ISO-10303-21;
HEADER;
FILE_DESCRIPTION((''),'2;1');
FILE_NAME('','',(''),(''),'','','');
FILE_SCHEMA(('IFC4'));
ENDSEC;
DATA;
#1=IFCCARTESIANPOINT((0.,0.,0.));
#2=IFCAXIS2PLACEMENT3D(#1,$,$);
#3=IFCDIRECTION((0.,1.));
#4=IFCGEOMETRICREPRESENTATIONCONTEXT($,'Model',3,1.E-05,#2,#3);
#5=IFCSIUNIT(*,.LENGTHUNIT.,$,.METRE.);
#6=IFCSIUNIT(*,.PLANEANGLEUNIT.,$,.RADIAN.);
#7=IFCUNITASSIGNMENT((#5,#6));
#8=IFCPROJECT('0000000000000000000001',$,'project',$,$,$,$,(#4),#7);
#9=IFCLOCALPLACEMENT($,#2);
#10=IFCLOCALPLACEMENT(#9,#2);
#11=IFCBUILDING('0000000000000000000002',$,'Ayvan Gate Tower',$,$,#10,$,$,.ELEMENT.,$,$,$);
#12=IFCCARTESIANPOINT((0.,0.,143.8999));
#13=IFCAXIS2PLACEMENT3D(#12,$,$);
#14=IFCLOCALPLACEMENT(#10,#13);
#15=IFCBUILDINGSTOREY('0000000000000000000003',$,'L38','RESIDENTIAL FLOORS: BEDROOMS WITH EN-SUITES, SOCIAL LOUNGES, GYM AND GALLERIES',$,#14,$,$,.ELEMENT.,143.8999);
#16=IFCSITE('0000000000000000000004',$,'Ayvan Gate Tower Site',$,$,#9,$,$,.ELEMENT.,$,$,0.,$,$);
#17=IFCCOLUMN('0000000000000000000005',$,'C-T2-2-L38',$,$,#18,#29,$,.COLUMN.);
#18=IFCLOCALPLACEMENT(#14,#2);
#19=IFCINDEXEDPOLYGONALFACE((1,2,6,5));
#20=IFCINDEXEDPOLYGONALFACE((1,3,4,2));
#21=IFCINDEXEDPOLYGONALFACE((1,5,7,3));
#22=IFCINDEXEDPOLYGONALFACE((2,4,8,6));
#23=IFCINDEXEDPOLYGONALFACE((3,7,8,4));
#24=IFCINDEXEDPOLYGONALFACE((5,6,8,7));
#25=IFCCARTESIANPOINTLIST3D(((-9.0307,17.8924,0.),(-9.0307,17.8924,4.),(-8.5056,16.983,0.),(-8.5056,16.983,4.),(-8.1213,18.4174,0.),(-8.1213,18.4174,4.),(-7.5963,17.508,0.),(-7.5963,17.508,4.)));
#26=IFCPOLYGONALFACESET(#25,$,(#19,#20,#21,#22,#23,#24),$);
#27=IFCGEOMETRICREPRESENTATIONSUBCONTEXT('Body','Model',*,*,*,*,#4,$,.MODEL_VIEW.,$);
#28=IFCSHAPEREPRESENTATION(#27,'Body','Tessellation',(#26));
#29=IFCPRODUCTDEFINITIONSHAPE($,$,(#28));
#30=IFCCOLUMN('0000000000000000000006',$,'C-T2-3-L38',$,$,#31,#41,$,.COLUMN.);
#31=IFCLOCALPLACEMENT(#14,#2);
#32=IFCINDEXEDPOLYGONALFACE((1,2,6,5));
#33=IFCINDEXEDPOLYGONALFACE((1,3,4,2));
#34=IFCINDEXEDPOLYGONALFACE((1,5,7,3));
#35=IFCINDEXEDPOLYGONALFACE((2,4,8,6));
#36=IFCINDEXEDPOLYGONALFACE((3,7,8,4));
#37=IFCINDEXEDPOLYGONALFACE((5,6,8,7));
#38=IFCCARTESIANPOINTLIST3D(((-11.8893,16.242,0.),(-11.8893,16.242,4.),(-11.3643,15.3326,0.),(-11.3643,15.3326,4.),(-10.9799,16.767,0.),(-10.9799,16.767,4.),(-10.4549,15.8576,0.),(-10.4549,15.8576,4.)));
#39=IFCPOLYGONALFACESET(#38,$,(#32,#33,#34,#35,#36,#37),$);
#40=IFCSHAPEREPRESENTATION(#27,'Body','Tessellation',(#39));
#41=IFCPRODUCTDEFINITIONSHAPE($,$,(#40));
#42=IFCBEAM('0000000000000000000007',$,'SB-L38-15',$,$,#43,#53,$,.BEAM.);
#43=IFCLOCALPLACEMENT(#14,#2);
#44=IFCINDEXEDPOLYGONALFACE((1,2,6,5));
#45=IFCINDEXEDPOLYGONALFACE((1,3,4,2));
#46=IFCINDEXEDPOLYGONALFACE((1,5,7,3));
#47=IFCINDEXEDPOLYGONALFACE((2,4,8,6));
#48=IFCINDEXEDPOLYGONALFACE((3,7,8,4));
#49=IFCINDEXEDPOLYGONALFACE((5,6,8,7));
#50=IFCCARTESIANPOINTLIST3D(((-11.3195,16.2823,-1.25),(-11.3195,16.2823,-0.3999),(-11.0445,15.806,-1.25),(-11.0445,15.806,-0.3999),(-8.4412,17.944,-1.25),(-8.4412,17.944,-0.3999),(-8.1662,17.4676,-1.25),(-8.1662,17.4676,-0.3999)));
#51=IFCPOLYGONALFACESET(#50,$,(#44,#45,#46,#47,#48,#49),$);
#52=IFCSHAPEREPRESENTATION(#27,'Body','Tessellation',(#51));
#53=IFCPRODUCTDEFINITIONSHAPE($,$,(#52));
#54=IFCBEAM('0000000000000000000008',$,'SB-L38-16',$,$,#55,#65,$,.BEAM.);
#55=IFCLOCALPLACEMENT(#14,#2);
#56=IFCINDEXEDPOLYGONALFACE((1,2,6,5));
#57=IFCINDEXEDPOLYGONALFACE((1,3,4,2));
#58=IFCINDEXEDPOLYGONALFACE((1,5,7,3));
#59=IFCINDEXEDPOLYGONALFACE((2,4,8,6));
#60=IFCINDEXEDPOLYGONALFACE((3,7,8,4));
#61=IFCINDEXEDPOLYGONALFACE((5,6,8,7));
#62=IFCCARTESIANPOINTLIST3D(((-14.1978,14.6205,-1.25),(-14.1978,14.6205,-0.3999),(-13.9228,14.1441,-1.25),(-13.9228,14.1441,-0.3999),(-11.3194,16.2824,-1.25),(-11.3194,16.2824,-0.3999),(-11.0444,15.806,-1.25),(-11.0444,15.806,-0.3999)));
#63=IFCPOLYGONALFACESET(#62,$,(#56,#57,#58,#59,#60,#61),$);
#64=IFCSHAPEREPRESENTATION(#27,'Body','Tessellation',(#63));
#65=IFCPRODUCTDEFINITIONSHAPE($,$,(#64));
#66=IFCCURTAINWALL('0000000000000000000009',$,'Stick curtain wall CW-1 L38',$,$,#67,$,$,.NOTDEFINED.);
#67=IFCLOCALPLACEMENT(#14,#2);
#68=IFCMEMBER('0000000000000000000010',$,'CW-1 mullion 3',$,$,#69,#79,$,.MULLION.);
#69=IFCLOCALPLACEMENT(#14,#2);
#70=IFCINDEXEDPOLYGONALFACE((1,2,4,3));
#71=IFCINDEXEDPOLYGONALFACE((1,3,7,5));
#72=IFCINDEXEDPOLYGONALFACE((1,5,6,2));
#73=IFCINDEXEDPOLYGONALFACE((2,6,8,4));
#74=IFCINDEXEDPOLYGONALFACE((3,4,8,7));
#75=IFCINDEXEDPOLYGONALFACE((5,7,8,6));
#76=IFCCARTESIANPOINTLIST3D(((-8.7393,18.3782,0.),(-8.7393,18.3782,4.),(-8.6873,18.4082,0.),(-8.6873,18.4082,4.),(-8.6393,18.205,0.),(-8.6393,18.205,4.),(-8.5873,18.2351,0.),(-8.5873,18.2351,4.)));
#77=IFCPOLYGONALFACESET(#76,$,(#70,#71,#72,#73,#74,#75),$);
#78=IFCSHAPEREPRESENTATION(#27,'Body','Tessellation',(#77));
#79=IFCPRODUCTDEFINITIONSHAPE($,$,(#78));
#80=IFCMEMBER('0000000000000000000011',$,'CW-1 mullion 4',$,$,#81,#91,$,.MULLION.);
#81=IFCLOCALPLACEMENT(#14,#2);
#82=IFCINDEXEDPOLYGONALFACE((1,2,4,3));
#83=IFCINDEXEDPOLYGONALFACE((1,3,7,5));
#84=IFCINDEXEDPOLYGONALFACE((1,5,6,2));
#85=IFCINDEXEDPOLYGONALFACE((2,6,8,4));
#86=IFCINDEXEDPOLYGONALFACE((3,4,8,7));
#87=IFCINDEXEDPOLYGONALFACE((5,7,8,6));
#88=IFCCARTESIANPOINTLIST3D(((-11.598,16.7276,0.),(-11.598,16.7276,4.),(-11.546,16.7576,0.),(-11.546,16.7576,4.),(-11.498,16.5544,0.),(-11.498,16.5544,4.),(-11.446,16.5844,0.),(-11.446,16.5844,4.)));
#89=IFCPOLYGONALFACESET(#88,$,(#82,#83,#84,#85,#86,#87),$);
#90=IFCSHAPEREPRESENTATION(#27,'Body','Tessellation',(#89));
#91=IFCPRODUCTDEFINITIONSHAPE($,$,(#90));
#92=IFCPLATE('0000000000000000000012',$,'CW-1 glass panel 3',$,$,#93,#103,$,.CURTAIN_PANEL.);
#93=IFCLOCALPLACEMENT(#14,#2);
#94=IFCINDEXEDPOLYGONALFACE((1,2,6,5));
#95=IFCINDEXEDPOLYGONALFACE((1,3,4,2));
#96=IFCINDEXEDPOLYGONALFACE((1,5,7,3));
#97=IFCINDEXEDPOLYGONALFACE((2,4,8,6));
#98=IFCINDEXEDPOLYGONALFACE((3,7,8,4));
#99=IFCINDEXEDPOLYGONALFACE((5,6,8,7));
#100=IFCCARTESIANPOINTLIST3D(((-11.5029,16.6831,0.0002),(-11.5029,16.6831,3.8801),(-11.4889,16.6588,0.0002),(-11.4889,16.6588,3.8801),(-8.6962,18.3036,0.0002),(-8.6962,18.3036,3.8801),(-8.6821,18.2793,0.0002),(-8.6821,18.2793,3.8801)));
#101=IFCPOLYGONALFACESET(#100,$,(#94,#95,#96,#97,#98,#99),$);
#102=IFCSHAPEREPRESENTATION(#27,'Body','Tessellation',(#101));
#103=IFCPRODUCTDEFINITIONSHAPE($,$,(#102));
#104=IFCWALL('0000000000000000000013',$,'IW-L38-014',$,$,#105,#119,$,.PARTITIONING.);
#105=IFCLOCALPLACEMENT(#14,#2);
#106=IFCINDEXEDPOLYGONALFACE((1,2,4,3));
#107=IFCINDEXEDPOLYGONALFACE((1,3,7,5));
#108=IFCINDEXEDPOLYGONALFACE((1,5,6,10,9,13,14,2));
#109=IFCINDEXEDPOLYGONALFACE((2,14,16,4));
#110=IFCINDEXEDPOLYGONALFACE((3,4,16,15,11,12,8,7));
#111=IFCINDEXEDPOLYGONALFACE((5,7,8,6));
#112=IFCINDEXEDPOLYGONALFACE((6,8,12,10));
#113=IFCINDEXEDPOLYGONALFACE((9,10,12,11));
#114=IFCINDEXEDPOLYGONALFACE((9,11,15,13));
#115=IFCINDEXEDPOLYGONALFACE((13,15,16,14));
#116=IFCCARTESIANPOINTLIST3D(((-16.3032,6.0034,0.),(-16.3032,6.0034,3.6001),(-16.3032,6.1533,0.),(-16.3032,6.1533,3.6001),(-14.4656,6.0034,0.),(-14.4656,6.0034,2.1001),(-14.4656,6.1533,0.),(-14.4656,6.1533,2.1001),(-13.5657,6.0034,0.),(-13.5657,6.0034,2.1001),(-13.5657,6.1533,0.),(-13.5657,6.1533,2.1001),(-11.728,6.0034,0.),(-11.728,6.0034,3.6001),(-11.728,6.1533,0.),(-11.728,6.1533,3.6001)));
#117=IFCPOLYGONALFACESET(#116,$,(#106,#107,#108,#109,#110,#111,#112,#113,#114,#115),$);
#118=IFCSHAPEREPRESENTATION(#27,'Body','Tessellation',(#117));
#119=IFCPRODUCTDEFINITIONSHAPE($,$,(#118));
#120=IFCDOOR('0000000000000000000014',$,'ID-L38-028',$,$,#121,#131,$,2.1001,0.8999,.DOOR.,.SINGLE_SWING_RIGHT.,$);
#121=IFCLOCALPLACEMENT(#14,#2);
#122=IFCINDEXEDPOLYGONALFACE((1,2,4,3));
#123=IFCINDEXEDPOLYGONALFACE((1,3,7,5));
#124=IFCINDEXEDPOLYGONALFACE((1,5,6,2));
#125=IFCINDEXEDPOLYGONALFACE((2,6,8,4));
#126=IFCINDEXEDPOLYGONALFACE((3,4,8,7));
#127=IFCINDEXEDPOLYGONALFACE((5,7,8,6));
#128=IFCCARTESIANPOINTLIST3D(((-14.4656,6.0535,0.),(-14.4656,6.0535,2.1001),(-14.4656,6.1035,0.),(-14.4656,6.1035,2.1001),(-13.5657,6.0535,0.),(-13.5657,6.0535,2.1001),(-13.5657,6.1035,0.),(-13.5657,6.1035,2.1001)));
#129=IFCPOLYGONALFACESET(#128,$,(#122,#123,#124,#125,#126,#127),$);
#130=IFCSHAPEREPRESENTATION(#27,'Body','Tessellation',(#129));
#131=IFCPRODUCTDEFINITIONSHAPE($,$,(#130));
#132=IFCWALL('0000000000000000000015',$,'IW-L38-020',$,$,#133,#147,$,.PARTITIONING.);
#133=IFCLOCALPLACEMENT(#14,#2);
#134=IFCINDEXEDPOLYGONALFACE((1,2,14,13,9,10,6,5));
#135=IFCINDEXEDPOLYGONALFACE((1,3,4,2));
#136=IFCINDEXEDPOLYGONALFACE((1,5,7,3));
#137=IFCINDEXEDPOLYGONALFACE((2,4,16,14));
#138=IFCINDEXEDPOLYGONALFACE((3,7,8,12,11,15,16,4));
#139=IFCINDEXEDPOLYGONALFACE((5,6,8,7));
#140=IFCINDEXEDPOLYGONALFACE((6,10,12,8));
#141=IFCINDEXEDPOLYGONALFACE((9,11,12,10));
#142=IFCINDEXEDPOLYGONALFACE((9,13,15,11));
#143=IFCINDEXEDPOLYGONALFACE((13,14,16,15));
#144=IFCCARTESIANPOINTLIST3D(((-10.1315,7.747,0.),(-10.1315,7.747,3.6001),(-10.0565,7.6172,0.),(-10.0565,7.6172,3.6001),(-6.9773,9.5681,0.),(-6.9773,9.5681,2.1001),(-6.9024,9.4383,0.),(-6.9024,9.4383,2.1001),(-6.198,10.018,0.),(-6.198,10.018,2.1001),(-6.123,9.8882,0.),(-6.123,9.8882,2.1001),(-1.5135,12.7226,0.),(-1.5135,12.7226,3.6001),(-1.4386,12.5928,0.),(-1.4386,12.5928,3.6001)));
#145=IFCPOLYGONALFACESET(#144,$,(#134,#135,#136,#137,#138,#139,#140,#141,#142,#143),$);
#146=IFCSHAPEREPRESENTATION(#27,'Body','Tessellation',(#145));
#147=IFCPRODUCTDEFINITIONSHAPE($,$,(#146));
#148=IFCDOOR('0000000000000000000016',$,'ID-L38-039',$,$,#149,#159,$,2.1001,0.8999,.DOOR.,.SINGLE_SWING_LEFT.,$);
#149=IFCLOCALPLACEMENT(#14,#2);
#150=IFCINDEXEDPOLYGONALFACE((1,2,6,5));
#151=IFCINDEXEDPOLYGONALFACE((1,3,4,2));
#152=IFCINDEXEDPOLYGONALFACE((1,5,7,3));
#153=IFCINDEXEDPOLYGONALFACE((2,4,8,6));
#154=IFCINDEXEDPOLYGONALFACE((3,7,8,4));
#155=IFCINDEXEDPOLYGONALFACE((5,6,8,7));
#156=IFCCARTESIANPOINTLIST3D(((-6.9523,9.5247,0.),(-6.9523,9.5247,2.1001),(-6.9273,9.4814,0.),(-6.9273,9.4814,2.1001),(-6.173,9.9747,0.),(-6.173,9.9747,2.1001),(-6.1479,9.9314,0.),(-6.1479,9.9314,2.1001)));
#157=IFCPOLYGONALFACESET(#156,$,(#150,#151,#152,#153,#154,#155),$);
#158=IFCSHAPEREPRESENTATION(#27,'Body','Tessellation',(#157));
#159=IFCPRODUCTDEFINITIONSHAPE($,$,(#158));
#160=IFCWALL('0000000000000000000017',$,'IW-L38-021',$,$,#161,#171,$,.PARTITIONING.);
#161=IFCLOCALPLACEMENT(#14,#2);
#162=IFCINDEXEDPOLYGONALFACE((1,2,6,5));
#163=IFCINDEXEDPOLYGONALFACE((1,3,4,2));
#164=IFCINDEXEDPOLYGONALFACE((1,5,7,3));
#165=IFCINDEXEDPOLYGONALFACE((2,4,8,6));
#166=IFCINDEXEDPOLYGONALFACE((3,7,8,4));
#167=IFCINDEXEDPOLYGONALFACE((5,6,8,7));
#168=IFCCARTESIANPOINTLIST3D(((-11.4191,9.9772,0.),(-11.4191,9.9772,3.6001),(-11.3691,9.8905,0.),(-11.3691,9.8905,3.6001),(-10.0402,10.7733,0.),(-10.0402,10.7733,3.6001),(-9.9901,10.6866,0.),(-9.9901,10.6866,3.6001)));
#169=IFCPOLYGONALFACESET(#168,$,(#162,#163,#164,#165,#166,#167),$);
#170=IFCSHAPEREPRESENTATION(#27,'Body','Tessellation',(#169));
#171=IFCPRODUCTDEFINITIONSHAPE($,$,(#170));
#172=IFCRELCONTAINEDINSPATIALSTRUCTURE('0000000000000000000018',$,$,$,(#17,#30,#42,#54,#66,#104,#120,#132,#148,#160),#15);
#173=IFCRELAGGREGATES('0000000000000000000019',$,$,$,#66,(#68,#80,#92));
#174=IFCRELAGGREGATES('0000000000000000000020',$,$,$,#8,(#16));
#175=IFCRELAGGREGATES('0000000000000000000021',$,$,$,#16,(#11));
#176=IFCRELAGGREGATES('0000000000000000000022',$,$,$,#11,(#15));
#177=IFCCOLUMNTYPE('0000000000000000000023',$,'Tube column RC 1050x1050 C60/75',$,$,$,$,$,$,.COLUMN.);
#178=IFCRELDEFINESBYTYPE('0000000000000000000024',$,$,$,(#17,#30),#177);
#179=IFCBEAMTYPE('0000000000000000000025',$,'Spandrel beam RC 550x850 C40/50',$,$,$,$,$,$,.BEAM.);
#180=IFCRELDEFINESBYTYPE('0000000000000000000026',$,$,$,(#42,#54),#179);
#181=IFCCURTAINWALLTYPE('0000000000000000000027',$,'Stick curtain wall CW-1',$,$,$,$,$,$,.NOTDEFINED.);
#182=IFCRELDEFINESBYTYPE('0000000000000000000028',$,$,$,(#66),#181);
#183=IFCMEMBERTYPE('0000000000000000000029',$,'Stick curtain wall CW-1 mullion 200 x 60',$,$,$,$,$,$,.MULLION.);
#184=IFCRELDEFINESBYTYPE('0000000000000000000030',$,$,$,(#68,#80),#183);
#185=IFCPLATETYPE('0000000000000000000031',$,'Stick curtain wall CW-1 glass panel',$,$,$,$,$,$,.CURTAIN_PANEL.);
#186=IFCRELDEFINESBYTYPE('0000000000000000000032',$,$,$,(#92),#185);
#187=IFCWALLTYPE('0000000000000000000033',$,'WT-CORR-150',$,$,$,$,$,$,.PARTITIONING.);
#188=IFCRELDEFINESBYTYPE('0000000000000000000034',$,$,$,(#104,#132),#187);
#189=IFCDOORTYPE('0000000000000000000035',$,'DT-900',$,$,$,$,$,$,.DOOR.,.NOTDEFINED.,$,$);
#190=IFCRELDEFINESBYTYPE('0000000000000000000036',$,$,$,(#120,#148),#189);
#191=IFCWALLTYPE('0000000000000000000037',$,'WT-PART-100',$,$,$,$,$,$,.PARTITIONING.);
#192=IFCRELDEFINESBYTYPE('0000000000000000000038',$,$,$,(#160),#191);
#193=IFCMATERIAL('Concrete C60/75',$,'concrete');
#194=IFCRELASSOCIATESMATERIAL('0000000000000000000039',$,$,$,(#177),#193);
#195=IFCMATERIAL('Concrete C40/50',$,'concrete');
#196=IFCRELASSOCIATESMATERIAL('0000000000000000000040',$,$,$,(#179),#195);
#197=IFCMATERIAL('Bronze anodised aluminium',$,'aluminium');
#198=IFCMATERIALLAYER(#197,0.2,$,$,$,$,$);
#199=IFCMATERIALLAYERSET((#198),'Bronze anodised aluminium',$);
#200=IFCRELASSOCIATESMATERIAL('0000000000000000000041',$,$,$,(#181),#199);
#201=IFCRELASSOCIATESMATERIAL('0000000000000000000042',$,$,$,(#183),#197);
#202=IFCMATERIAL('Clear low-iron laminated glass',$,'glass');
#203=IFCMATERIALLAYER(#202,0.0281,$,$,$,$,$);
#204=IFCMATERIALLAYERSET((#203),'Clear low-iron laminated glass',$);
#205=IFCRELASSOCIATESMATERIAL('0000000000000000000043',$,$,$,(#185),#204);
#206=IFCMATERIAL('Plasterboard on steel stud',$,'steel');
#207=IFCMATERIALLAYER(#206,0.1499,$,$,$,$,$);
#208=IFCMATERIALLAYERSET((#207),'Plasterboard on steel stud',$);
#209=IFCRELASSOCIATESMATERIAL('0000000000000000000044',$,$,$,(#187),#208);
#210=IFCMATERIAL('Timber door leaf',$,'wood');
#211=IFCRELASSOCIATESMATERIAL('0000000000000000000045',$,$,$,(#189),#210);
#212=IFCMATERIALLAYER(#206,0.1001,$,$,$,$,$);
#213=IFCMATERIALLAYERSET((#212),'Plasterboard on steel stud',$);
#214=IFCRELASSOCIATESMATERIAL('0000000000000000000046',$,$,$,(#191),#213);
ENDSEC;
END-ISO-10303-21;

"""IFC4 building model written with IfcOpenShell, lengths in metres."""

from ifc_helpers import new_model, si_unit, direction, frame, frame_2d, origin, origin_2d, place, context, subcontext, project, spatial, rectangle, extrude, material, layer, layer_set, material_profile, profile_set, type_object, element, fill, aggregate, save


model = new_model("IFC4")

# Units and contexts
model_context = context("Model", 3, precision=1e-05, world=origin(), true_north=direction((0.0, 1.0)))
body_context = subcontext(model_context, "Body", "Model", "MODEL_VIEW")
ifc_project = project(units=[si_unit("LENGTHUNIT", "METRE"), si_unit("PLANEANGLEUNIT", "RADIAN")], contexts=[model_context])

# Site, building, storey
site_placement = place(None, origin())
site = spatial("IfcSite", under=ifc_project, at=site_placement, Name="Ayvan Gate Tower Site", CompositionType="ELEMENT", RefElevation=0.0)
building_placement = place(site_placement, origin())
building = spatial("IfcBuilding", under=site, at=building_placement, Name="Ayvan Gate Tower", CompositionType="ELEMENT")
storey_placement = place(building_placement, frame((0.0, 0.0, 143.8999)))
storey = spatial("IfcBuildingStorey", under=building, at=storey_placement, Name="L38", Description="RESIDENTIAL FLOORS: BEDROOMS WITH EN-SUITES, SOCIAL LOUNGES, GYM AND GALLERIES", CompositionType="ELEMENT", Elevation=143.8999)

# Columns
ifc_material_1 = material(Name="Concrete C60/75", Category="concrete")
ifc_material_profile_1 = material_profile(ifc_material_1, rectangle(XDim=1.05, YDim=1.05, at=origin_2d()), Name="RC 1050x1050")
ifc_profile_set_1 = profile_set([ifc_material_profile_1], Name="Concrete C60/75")
column_type = type_object("IfcColumnType", Name="Tube column RC 1050x1050 C60/75", PredefinedType="COLUMN", material=ifc_profile_set_1)
for number, where, z_axis, x_axis, name in (
    (1, (-8.3135, 17.7002, 0.0), (0.0, 0.0, 1.0), (-0.5, 0.866025, 0.0), "C-T2-2-L38"),
    (2, (-11.1721, 16.0498, 0.0), (0.0, 0.0, 1.0), (-0.5, 0.866025, 0.0), "C-T2-3-L38"),
):
    element("IfcColumn", number, at=place(storey_placement, frame(where, z_axis=z_axis, x_axis=x_axis)), inside=storey, type_object=column_type, Name=name, PredefinedType="COLUMN", context=body_context, shape_type="SweptSolid", body=[
        extrude(rectangle(XDim=1.05, YDim=1.05, at=origin_2d()), origin(), (0.0, 0.0, 1.0), 4.0),
    ])

# Beams
ifc_material_2 = material(Name="Concrete C40/50", Category="concrete")
ifc_material_profile_2 = material_profile(ifc_material_2, rectangle(XDim=0.55, YDim=0.8501, at=origin_2d()), Name="RC 550x850")
ifc_profile_set_2 = profile_set([ifc_material_profile_2], Name="Concrete C40/50")
beam_type = type_object("IfcBeamType", Name="Spandrel beam RC 550x850 C40/50", PredefinedType="BEAM", material=ifc_profile_set_2)
beam_1_placement = place(storey_placement, frame((-8.3037, 17.7058, -0.825), z_axis=(-0.866038, -0.499979, 0.0), x_axis=(0.499979, -0.866038, 0.0)))
element("IfcBeam", 3, at=beam_1_placement, inside=storey, type_object=beam_type, Name="SB-L38-15", PredefinedType="BEAM", context=body_context, shape_type="SweptSolid", body=[
    extrude(rectangle(XDim=0.55, YDim=0.8501, at=origin_2d()), origin(), (0.0, 0.0, 1.0), 3.3235),
])
beam_2_placement = place(storey_placement, frame((-11.1819, 16.0442, -0.825), z_axis=(-0.866024, -0.500002, 0.0), x_axis=(0.500002, -0.866024, 0.0)))
element("IfcBeam", 4, at=beam_2_placement, inside=storey, type_object=beam_type, Name="SB-L38-16", PredefinedType="BEAM", context=body_context, shape_type="SweptSolid", body=[
    extrude(rectangle(XDim=0.55, YDim=0.8501, at=origin_2d()), origin(), (0.0, 0.0, 1.0), 3.3237),
])

# Curtain wall, members, plate
ifc_material_3 = material(Name="Bronze anodised aluminium", Category="aluminium")
ifc_layer_1 = layer(ifc_material_3, 0.2)
ifc_layer_set_1 = layer_set([ifc_layer_1], Name="Bronze anodised aluminium")
curtain_wall_type = type_object("IfcCurtainWallType", Name="Stick curtain wall CW-1", PredefinedType="NOTDEFINED", material=ifc_layer_set_1)
curtain_wall_placement = place(storey_placement, origin())
curtain_wall = element("IfcCurtainWall", 5, at=curtain_wall_placement, inside=storey, type_object=curtain_wall_type, Name="Stick curtain wall CW-1 L38", PredefinedType="NOTDEFINED")
ifc_material_profile_3 = material_profile(ifc_material_3, rectangle(XDim=0.2, YDim=0.0601, at=origin_2d()), Name="Stick curtain wall CW-1 mullion 200 x 60")
ifc_profile_set_3 = profile_set([ifc_material_profile_3], Name="Bronze anodised aluminium")
member_type = type_object("IfcMemberType", Name="Stick curtain wall CW-1 mullion 200 x 60", PredefinedType="MULLION", material=ifc_profile_set_3)
member_1_placement = place(storey_placement, frame((-8.6633, 18.3066, 0.0), z_axis=(0.0, 0.0, 1.0), x_axis=(-0.5, 0.866025, 0.0)))
member_1 = element("IfcMember", 6, at=member_1_placement, type_object=member_type, Name="CW-1 mullion 3", PredefinedType="MULLION", context=body_context, shape_type="SweptSolid", body=[
    extrude(rectangle(XDim=0.2, YDim=0.0601, at=origin_2d()), origin(), (0.0, 0.0, 1.0), 4.0),
])
member_2_placement = place(storey_placement, frame((-11.522, 16.656, 0.0), z_axis=(0.0, 0.0, 1.0), x_axis=(-0.5, 0.866025, 0.0)))
member_2 = element("IfcMember", 7, at=member_2_placement, type_object=member_type, Name="CW-1 mullion 4", PredefinedType="MULLION", context=body_context, shape_type="SweptSolid", body=[
    extrude(rectangle(XDim=0.2, YDim=0.0601, at=origin_2d()), origin(), (0.0, 0.0, 1.0), 4.0),
])
ifc_material_4 = material(Name="Clear low-iron laminated glass", Category="glass")
ifc_layer_2 = layer(ifc_material_4, 0.0281)
ifc_layer_set_2 = layer_set([ifc_layer_2], Name="Clear low-iron laminated glass")
plate_type = type_object("IfcPlateType", Name="Stick curtain wall CW-1 glass panel", PredefinedType="CURTAIN_PANEL", material=ifc_layer_set_2)
plate_placement = place(storey_placement, frame((-10.0925, 17.4812, 0.0002), z_axis=(0.0, 0.0, 1.0), x_axis=(-0.866025, -0.5, 0.0)))
plate = element("IfcPlate", 8, at=plate_placement, type_object=plate_type, Name="CW-1 glass panel 3", PredefinedType="CURTAIN_PANEL", context=body_context, shape_type="SweptSolid", body=[
    extrude(rectangle(XDim=3.241, YDim=0.0281, at=origin_2d()), origin(), (0.0, 0.0, 1.0), 3.8799),
])
aggregate(curtain_wall, [member_1, member_2, plate])

# Walls, openings, doors
ifc_material_5 = material(Name="Plasterboard on steel stud", Category="steel")
ifc_layer_3 = layer(ifc_material_5, 0.1499)
ifc_layer_set_3 = layer_set([ifc_layer_3], Name="Plasterboard on steel stud")
wall_type_1 = type_object("IfcWallType", Name="WT-CORR-150", PredefinedType="PARTITIONING", material=ifc_layer_set_3)
wall_1_placement = place(storey_placement, frame((-11.728, 6.0784, 0.0), z_axis=(0.0, 0.0, 1.0), x_axis=(-1.0, 0.0, 0.0)))
wall_1 = element("IfcWall", 9, at=wall_1_placement, inside=storey, type_object=wall_type_1, Name="IW-L38-014", PredefinedType="PARTITIONING", context=body_context, shape_type="SweptSolid", body=[
    extrude(rectangle(XDim=4.5752, YDim=0.1499, at=frame_2d((2.2876, 0.0))), origin(), (0.0, 0.0, 1.0), 3.6001),
])
opening_1_placement = place(wall_1_placement, frame((1.8376, 0.0, 0.0)))
opening_1 = element("IfcOpeningElement", 10, at=opening_1_placement, cuts=wall_1, PredefinedType="OPENING", context=body_context, shape_type="SweptSolid", body=[
    extrude(rectangle(XDim=0.8999, YDim=2.1001, at=frame_2d((0.45, 1.05))), frame((0.0, 0.085, 0.0), z_axis=(0.0, -1.0, 0.0), x_axis=(1.0, 0.0, 0.0)), (0.0, 0.0, 1.0), 0.1699),
])
ifc_material_6 = material(Name="Timber door leaf", Category="wood")
door_type_1 = type_object("IfcDoorType", Name="DT-900", OperationType="NOTDEFINED", PredefinedType="DOOR", material=ifc_material_6)
door_1_placement = place(opening_1_placement, origin())
door_1 = element("IfcDoor", 11, at=door_1_placement, inside=storey, type_object=door_type_1, Name="ID-L38-028", OperationType="SINGLE_SWING_RIGHT", OverallHeight=2.1001, OverallWidth=0.8999, PredefinedType="DOOR", context=body_context, shape_type="SweptSolid", body=[
    extrude(rectangle(XDim=0.8999, YDim=2.1001, at=frame_2d((0.45, 1.05))), frame((0.0, 0.0249, 0.0), z_axis=(0.0, -1.0, 0.0), x_axis=(1.0, 0.0, 0.0)), (0.0, 0.0, 1.0), 0.05),
])
fill(opening_1, door_1)
wall_2_placement = place(storey_placement, frame((-10.094, 7.6821, 0.0), z_axis=(0.0, 0.0, 1.0), x_axis=(0.866024, 0.500002, 0.0)))
wall_2 = element("IfcWall", 12, at=wall_2_placement, inside=storey, type_object=wall_type_1, Name="IW-L38-020", PredefinedType="PARTITIONING", context=body_context, shape_type="SweptSolid", body=[
    extrude(rectangle(XDim=9.9512, YDim=0.1499, at=frame_2d((4.9756, 0.0))), origin(), (0.0, 0.0, 1.0), 3.6001),
])
opening_2_placement = place(wall_2_placement, frame((3.6421, 0.0, 0.0)))
opening_2 = element("IfcOpeningElement", 13, at=opening_2_placement, cuts=wall_2, PredefinedType="OPENING", context=body_context, shape_type="SweptSolid", body=[
    extrude(rectangle(XDim=0.8999, YDim=2.1001, at=frame_2d((0.45, 1.05))), frame((0.0, 0.085, 0.0), z_axis=(0.0, -1.0, 0.0), x_axis=(1.0, 0.0, 0.0)), (0.0, 0.0, 1.0), 0.1699),
])
door_2_placement = place(opening_2_placement, origin())
door_2 = element("IfcDoor", 14, at=door_2_placement, inside=storey, type_object=door_type_1, Name="ID-L38-039", OperationType="SINGLE_SWING_LEFT", OverallHeight=2.1001, OverallWidth=0.8999, PredefinedType="DOOR", context=body_context, shape_type="SweptSolid", body=[
    extrude(rectangle(XDim=0.8999, YDim=2.1001, at=frame_2d((0.45, 1.05))), frame((0.0, 0.0249, 0.0), z_axis=(0.0, -1.0, 0.0), x_axis=(1.0, 0.0, 0.0)), (0.0, 0.0, 1.0), 0.05),
])
fill(opening_2, door_2)

# Wall
ifc_layer_4 = layer(ifc_material_5, 0.1001)
ifc_layer_set_4 = layer_set([ifc_layer_4], Name="Plasterboard on steel stud")
wall_type_2 = type_object("IfcWallType", Name="WT-PART-100", PredefinedType="PARTITIONING", material=ifc_layer_set_4)
wall_3_placement = place(storey_placement, frame((-10.0151, 10.73, 0.0), z_axis=(0.0, 0.0, 1.0), x_axis=(-0.866017, -0.500014, 0.0)))
element("IfcWall", 15, at=wall_3_placement, inside=storey, type_object=wall_type_2, Name="IW-L38-021", PredefinedType="PARTITIONING", context=body_context, shape_type="SweptSolid", body=[
    extrude(rectangle(XDim=1.5923, YDim=0.1001, at=frame_2d((0.7961, 0.0))), origin(), (0.0, 0.0, 1.0), 3.6001),
])

save(model, "model.ifc")
